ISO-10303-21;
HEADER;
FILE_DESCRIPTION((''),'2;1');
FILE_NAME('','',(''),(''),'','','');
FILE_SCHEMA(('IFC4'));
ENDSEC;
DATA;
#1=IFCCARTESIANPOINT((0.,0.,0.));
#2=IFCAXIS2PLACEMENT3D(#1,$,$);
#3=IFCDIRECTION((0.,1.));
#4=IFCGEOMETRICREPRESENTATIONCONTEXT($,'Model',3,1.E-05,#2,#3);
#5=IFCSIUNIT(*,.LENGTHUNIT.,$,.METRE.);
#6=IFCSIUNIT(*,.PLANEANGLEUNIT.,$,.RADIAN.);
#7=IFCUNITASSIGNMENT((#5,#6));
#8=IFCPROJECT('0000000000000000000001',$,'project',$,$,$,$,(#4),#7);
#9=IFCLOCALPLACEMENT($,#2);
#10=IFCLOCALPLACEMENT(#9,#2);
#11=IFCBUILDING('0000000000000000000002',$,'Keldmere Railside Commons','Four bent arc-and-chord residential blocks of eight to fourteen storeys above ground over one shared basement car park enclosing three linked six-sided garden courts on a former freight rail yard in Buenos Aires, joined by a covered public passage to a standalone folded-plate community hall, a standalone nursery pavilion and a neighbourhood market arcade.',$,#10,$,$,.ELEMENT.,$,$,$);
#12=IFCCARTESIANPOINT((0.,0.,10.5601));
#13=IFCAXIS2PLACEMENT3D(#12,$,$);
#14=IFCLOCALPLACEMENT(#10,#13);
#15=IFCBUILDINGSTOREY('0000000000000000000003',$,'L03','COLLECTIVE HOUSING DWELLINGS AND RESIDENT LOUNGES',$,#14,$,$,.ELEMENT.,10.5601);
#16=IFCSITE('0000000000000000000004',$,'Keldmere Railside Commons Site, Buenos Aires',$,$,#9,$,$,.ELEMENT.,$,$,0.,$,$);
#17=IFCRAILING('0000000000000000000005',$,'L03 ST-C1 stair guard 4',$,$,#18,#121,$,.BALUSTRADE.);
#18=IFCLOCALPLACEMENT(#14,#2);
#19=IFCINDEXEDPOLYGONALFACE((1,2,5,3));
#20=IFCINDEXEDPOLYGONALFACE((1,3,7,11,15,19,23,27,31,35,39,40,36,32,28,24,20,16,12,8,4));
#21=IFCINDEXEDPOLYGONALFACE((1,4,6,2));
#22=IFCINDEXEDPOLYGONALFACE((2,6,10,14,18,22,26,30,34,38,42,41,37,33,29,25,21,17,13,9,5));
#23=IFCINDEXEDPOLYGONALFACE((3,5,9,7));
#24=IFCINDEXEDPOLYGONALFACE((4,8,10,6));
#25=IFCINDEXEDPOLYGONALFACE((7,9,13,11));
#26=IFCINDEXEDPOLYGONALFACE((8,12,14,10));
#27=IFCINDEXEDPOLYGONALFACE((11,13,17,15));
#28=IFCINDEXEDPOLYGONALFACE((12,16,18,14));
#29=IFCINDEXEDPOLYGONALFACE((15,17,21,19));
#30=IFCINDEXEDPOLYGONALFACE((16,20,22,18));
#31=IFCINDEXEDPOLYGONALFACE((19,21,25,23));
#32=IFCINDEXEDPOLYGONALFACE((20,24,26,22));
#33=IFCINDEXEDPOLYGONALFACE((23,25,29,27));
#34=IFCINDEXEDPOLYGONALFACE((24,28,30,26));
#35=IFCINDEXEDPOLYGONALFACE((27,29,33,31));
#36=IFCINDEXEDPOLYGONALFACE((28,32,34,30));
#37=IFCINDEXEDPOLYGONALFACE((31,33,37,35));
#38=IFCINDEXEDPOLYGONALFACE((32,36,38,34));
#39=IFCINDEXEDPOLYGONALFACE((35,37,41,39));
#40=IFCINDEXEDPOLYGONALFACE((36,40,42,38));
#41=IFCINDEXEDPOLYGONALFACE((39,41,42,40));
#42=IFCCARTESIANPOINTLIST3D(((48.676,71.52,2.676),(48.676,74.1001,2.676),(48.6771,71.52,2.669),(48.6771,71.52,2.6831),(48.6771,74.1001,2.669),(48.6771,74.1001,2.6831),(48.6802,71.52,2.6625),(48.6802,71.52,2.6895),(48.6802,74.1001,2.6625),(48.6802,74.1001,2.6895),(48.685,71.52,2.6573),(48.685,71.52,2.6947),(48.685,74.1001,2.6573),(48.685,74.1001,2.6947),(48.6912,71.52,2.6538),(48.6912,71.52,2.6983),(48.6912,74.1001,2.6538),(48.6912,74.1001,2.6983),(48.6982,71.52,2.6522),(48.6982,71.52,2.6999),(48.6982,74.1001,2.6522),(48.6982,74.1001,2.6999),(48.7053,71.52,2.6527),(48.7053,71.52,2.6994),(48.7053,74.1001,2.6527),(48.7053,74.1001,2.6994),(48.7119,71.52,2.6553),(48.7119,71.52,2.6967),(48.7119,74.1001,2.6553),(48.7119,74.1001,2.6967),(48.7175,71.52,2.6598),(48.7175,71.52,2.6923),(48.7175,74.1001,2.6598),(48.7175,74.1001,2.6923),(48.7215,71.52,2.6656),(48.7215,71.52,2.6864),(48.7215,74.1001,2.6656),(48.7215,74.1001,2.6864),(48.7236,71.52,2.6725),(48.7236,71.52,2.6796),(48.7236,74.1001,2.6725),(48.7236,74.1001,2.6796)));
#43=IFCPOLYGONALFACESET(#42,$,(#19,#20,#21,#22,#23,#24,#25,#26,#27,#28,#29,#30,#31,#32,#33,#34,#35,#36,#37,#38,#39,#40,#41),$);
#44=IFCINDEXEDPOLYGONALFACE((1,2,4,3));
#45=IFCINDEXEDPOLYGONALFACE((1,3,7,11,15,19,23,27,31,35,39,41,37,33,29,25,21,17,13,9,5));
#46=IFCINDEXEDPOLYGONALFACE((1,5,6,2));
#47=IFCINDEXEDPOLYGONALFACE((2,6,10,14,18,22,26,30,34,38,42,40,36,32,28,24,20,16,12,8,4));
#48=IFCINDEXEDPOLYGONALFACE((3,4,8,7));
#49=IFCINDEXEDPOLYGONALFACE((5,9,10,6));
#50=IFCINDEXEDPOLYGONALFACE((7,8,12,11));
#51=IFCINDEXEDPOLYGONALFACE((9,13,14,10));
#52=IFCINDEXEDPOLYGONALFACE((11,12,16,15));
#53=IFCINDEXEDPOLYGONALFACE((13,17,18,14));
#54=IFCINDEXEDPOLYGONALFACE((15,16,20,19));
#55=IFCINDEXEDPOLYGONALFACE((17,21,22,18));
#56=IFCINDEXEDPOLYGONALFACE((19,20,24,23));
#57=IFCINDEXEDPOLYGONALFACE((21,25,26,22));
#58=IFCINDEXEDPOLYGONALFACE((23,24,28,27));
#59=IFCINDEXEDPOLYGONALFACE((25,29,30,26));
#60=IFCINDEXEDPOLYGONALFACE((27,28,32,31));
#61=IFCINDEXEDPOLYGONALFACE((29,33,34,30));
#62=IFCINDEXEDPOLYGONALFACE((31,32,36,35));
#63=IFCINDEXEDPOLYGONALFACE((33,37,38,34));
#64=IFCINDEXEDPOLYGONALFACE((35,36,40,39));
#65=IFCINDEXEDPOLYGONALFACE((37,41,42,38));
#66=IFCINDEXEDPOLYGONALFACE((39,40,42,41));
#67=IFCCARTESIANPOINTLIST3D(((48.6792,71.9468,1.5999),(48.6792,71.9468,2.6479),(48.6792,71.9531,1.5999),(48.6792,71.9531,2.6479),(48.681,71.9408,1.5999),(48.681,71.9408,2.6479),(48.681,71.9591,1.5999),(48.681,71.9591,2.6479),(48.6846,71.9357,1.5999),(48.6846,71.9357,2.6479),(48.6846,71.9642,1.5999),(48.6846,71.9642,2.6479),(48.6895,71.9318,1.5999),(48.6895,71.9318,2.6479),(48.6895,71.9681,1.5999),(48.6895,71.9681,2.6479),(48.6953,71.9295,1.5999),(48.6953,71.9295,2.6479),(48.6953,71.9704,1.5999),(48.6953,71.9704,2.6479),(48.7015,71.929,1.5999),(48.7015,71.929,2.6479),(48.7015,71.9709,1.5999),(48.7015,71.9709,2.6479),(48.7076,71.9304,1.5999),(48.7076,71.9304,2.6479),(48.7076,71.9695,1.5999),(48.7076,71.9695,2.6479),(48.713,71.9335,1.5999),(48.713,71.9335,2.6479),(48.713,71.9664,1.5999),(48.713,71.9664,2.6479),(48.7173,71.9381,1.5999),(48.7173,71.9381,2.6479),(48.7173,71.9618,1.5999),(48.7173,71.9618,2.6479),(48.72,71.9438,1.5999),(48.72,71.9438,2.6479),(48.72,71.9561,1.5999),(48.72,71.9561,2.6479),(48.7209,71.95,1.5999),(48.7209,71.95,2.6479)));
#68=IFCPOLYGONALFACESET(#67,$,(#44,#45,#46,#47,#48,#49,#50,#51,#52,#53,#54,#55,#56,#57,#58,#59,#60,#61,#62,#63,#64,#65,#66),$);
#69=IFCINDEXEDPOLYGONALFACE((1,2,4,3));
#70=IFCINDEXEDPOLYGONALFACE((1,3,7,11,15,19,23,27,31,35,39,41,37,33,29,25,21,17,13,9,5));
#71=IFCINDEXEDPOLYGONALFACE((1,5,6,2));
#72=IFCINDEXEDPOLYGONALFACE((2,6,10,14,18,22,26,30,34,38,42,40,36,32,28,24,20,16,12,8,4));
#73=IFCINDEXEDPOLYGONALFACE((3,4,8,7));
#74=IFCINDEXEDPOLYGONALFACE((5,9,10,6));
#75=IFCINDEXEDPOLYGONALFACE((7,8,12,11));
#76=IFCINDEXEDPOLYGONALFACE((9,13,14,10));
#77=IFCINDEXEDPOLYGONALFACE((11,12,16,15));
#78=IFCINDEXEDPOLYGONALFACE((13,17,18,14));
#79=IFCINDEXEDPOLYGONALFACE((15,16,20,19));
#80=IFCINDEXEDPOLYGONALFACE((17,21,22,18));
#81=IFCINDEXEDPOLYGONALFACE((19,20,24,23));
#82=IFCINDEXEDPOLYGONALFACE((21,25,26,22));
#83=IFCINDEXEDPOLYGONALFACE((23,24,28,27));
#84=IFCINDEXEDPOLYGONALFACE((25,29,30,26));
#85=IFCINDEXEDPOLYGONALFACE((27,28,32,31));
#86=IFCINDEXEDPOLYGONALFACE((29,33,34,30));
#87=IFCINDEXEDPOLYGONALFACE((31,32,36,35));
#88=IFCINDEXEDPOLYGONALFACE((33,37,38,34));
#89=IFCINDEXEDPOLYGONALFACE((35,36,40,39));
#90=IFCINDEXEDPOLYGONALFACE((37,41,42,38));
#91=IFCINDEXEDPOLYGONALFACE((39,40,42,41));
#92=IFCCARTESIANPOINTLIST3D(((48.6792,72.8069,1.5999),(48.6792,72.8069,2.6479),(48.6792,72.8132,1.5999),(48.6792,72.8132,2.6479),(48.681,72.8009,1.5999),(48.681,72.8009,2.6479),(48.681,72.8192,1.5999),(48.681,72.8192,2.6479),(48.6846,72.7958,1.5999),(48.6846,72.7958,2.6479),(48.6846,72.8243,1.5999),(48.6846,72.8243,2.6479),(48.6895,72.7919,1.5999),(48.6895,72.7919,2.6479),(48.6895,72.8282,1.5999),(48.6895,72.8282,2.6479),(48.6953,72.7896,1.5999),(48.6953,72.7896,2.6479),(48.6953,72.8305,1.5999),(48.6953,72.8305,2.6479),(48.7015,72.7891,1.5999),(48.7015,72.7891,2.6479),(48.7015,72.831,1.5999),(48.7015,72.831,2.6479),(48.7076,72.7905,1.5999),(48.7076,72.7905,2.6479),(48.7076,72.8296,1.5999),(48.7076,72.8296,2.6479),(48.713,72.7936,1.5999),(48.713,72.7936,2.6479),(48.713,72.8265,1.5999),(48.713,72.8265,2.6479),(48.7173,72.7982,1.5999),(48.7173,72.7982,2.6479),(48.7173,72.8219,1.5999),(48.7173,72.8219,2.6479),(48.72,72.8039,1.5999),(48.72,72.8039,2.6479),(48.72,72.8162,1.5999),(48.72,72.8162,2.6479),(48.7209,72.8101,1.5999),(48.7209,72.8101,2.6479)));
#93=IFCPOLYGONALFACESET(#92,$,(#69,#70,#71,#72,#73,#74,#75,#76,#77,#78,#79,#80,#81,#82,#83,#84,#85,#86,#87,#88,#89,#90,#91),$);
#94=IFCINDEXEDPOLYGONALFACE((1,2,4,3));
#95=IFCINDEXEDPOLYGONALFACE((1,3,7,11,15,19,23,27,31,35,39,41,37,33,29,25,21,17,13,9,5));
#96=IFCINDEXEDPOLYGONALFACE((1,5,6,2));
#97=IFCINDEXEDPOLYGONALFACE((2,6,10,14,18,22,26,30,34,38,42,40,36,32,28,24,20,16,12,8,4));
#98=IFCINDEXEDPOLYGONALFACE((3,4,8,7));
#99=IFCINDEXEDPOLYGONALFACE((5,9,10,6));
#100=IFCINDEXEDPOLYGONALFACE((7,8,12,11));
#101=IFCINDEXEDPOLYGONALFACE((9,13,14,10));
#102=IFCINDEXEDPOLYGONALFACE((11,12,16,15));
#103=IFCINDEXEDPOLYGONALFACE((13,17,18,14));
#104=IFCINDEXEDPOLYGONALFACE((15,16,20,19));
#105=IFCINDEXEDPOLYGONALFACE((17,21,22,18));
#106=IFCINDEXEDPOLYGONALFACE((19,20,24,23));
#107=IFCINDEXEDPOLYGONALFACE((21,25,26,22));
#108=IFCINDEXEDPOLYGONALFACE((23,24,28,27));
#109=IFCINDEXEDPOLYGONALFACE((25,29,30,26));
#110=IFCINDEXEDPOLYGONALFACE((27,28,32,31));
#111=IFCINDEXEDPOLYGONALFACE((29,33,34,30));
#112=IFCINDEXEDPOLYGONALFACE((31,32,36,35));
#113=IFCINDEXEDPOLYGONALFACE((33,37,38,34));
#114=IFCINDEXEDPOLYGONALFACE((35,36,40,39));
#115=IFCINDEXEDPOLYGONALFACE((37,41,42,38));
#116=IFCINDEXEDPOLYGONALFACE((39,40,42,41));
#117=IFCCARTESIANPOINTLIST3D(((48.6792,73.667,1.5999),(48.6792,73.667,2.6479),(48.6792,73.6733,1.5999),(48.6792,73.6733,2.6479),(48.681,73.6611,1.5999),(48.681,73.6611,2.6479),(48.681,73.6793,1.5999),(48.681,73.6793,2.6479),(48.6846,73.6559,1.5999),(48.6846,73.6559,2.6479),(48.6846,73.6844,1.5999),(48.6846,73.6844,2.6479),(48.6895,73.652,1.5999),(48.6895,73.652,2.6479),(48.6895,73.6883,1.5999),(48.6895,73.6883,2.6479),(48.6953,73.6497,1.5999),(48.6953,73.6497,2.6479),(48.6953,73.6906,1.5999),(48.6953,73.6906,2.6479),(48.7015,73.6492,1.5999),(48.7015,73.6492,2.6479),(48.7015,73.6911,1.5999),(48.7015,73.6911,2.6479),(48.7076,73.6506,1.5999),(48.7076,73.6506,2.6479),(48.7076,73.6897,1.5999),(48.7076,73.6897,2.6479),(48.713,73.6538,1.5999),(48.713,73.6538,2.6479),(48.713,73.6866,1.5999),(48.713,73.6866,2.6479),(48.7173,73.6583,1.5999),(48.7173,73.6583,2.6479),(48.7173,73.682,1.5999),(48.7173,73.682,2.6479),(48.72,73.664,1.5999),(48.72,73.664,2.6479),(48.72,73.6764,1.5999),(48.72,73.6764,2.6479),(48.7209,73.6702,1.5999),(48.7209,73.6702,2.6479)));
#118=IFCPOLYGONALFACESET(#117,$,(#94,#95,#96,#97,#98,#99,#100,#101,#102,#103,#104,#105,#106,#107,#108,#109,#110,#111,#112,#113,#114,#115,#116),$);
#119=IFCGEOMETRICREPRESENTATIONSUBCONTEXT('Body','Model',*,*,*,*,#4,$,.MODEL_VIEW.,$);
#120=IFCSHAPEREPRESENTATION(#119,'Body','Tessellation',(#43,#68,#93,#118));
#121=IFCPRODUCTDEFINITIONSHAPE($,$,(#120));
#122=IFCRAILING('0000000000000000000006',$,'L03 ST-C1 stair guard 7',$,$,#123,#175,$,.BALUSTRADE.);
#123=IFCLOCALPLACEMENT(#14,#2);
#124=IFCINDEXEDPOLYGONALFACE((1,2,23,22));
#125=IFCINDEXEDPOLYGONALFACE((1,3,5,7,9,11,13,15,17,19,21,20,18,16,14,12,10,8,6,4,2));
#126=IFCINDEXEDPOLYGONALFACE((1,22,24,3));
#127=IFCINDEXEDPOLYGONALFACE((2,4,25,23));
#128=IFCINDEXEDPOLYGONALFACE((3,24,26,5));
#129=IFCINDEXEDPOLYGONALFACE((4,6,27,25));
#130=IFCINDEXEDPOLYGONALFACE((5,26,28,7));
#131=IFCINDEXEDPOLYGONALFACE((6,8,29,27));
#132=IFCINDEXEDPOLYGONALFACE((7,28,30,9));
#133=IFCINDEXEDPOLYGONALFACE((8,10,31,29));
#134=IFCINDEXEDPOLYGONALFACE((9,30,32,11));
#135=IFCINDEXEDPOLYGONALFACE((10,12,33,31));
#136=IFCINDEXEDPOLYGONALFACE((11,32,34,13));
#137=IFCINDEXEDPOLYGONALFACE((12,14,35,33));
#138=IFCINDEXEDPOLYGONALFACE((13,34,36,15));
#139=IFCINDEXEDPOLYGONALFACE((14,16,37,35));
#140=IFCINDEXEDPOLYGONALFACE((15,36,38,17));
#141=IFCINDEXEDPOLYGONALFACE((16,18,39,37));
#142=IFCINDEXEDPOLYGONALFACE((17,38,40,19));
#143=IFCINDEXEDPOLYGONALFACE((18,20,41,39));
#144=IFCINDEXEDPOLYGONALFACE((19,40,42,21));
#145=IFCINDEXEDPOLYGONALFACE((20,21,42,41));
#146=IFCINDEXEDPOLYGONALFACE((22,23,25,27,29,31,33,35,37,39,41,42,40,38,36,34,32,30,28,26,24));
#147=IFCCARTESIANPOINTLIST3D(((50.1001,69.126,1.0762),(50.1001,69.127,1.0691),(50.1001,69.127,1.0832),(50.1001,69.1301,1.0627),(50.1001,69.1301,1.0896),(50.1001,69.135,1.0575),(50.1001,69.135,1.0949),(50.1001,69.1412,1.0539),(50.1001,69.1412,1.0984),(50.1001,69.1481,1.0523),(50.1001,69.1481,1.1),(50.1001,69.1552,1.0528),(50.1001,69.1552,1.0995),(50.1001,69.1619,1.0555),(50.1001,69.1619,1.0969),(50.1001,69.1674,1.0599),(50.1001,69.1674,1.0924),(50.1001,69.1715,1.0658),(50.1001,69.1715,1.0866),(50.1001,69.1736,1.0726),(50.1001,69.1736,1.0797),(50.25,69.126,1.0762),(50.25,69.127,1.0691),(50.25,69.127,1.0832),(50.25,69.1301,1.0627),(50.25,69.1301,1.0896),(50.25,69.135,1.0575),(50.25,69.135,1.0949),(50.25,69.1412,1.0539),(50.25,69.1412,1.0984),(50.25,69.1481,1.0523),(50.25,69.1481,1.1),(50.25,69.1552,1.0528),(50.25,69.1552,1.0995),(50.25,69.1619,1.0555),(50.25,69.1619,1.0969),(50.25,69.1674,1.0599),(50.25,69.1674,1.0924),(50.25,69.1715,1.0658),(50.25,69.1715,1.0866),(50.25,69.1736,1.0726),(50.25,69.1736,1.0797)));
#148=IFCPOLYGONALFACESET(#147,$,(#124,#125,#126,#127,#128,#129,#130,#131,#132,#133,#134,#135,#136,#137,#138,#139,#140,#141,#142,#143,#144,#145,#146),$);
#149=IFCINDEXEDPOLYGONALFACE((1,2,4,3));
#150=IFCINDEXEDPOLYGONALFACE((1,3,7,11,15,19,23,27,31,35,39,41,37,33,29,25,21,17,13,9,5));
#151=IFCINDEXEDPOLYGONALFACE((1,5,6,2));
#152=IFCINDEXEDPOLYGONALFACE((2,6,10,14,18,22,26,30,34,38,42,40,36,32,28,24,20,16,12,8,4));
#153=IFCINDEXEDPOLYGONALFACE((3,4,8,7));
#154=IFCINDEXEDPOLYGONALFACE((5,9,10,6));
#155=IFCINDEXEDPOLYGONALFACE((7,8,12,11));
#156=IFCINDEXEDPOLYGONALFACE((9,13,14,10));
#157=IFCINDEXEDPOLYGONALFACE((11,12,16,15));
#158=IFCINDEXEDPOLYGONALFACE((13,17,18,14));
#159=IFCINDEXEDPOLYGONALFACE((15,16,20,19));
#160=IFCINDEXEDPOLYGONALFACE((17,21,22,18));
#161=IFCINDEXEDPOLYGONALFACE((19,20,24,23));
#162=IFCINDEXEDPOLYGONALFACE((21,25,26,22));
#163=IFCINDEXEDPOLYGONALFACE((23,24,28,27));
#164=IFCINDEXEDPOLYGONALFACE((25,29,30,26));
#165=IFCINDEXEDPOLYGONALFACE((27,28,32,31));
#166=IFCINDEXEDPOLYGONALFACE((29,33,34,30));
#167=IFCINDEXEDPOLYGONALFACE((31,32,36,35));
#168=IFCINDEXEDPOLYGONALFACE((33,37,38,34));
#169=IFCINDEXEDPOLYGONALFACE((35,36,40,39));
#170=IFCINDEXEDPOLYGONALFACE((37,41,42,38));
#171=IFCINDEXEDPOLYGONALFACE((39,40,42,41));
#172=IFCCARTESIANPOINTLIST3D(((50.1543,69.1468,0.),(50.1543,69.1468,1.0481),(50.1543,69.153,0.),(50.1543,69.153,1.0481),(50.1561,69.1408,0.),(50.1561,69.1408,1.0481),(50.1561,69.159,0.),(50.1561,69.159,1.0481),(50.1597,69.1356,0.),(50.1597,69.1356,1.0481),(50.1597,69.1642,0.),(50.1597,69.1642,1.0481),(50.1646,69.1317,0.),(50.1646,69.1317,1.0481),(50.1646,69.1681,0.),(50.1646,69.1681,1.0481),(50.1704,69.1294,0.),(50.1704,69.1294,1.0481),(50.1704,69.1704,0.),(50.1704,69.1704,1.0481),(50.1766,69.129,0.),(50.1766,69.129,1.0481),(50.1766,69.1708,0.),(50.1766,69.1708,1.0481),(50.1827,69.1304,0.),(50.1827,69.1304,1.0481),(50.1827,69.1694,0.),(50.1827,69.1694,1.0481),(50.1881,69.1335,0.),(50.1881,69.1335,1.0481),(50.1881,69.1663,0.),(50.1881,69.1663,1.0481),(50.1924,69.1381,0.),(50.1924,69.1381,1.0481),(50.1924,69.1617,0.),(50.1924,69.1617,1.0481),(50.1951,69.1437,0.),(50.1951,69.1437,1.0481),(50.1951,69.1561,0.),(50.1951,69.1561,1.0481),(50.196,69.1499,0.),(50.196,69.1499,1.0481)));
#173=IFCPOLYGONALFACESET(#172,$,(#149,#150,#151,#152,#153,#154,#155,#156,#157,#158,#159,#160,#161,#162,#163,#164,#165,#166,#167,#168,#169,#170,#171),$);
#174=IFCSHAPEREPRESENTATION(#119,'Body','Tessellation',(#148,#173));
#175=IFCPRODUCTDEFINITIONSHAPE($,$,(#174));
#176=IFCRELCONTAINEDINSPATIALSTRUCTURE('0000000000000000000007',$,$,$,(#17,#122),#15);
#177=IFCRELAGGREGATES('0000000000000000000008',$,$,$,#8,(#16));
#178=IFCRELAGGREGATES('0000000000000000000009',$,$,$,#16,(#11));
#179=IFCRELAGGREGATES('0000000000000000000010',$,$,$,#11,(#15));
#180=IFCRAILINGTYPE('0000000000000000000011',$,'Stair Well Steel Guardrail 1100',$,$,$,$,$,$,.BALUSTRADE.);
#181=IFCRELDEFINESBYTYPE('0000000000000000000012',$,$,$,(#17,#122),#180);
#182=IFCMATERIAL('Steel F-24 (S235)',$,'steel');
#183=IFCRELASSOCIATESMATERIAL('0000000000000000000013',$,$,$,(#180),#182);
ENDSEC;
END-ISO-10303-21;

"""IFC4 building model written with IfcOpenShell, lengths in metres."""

from ifc_helpers import new_model, si_unit, direction, frame, origin, origin_2d, place, context, subcontext, project, spatial, circle, extrude, material, type_object, element, save


model = new_model("IFC4")

# Units and contexts
model_context = context("Model", 3, precision=1e-05, world=origin(), true_north=direction((0.0, 1.0)))
body_context = subcontext(model_context, "Body", "Model", "MODEL_VIEW")
ifc_project = project(units=[si_unit("LENGTHUNIT", "METRE"), si_unit("PLANEANGLEUNIT", "RADIAN")], contexts=[model_context])

# Site, building, storey
site_placement = place(None, origin())
site = spatial("IfcSite", under=ifc_project, at=site_placement, Name="Keldmere Railside Commons Site, Buenos Aires", CompositionType="ELEMENT", RefElevation=0.0)
building_placement = place(site_placement, origin())
building = spatial("IfcBuilding", under=site, at=building_placement, Name="Keldmere Railside Commons", Description="Four bent arc-and-chord residential blocks of eight to fourteen storeys above ground over one shared basement car park enclosing three linked six-sided garden courts on a former freight rail yard in Buenos Aires, joined by a covered public passage to a standalone folded-plate community hall, a standalone nursery pavilion and a neighbourhood market arcade.", CompositionType="ELEMENT")
storey_placement = place(building_placement, frame((0.0, 0.0, 10.5601)))
storey = spatial("IfcBuildingStorey", under=building, at=storey_placement, Name="L03", Description="COLLECTIVE HOUSING DWELLINGS AND RESIDENT LOUNGES", CompositionType="ELEMENT", Elevation=10.5601)

# Railings
ifc_material_1 = material(Name="Steel F-24 (S235)", Category="steel")
railing_type_1 = type_object("IfcRailingType", Name="Stair Well Steel Guardrail 1100", PredefinedType="BALUSTRADE", material=ifc_material_1)
railing_1_placement = place(storey_placement, frame((48.7, 71.52, 1.5999)))
element("IfcRailing", 1, at=railing_1_placement, inside=storey, type_object=railing_type_1, Name="L03 ST-C1 stair guard 4", PredefinedType="BALUSTRADE", context=body_context, shape_type="SweptSolid", body=[
    extrude(circle(Radius=0.0239, at=origin_2d()), frame((0.0, 0.0, 1.0762), z_axis=(0.0, 1.0, 0.0), x_axis=(-1.0, 0.0, 0.0)), (0.0, 0.0, 1.0), 2.5801),
    extrude(circle(Radius=0.021, at=origin_2d()), frame((0.0, 0.4299, 0.0)), (0.0, 0.0, 1.0), 1.0481),
    extrude(circle(Radius=0.021, at=origin_2d()), frame((0.0, 1.29, 0.0)), (0.0, 0.0, 1.0), 1.0481),
    extrude(circle(Radius=0.021, at=origin_2d()), frame((0.0, 2.1501, 0.0)), (0.0, 0.0, 1.0), 1.0481),
])
railing_2_placement = place(storey_placement, frame((50.25, 69.1499, 0.0)))
element("IfcRailing", 2, at=railing_2_placement, inside=storey, type_object=railing_type_1, Name="L03 ST-C1 stair guard 7", PredefinedType="BALUSTRADE", context=body_context, shape_type="SweptSolid", body=[
    extrude(circle(Radius=0.0239, at=origin_2d()), frame((0.0, 0.0, 1.0762), z_axis=(-1.0, 0.0, 0.0), x_axis=(0.0, -1.0, 0.0)), (0.0, 0.0, 1.0), 0.1499),
    extrude(circle(Radius=0.021, at=origin_2d()), frame((-0.075, 0.0, 0.0)), (0.0, 0.0, 1.0), 1.0481),
])

save(model, "model.ifc")
